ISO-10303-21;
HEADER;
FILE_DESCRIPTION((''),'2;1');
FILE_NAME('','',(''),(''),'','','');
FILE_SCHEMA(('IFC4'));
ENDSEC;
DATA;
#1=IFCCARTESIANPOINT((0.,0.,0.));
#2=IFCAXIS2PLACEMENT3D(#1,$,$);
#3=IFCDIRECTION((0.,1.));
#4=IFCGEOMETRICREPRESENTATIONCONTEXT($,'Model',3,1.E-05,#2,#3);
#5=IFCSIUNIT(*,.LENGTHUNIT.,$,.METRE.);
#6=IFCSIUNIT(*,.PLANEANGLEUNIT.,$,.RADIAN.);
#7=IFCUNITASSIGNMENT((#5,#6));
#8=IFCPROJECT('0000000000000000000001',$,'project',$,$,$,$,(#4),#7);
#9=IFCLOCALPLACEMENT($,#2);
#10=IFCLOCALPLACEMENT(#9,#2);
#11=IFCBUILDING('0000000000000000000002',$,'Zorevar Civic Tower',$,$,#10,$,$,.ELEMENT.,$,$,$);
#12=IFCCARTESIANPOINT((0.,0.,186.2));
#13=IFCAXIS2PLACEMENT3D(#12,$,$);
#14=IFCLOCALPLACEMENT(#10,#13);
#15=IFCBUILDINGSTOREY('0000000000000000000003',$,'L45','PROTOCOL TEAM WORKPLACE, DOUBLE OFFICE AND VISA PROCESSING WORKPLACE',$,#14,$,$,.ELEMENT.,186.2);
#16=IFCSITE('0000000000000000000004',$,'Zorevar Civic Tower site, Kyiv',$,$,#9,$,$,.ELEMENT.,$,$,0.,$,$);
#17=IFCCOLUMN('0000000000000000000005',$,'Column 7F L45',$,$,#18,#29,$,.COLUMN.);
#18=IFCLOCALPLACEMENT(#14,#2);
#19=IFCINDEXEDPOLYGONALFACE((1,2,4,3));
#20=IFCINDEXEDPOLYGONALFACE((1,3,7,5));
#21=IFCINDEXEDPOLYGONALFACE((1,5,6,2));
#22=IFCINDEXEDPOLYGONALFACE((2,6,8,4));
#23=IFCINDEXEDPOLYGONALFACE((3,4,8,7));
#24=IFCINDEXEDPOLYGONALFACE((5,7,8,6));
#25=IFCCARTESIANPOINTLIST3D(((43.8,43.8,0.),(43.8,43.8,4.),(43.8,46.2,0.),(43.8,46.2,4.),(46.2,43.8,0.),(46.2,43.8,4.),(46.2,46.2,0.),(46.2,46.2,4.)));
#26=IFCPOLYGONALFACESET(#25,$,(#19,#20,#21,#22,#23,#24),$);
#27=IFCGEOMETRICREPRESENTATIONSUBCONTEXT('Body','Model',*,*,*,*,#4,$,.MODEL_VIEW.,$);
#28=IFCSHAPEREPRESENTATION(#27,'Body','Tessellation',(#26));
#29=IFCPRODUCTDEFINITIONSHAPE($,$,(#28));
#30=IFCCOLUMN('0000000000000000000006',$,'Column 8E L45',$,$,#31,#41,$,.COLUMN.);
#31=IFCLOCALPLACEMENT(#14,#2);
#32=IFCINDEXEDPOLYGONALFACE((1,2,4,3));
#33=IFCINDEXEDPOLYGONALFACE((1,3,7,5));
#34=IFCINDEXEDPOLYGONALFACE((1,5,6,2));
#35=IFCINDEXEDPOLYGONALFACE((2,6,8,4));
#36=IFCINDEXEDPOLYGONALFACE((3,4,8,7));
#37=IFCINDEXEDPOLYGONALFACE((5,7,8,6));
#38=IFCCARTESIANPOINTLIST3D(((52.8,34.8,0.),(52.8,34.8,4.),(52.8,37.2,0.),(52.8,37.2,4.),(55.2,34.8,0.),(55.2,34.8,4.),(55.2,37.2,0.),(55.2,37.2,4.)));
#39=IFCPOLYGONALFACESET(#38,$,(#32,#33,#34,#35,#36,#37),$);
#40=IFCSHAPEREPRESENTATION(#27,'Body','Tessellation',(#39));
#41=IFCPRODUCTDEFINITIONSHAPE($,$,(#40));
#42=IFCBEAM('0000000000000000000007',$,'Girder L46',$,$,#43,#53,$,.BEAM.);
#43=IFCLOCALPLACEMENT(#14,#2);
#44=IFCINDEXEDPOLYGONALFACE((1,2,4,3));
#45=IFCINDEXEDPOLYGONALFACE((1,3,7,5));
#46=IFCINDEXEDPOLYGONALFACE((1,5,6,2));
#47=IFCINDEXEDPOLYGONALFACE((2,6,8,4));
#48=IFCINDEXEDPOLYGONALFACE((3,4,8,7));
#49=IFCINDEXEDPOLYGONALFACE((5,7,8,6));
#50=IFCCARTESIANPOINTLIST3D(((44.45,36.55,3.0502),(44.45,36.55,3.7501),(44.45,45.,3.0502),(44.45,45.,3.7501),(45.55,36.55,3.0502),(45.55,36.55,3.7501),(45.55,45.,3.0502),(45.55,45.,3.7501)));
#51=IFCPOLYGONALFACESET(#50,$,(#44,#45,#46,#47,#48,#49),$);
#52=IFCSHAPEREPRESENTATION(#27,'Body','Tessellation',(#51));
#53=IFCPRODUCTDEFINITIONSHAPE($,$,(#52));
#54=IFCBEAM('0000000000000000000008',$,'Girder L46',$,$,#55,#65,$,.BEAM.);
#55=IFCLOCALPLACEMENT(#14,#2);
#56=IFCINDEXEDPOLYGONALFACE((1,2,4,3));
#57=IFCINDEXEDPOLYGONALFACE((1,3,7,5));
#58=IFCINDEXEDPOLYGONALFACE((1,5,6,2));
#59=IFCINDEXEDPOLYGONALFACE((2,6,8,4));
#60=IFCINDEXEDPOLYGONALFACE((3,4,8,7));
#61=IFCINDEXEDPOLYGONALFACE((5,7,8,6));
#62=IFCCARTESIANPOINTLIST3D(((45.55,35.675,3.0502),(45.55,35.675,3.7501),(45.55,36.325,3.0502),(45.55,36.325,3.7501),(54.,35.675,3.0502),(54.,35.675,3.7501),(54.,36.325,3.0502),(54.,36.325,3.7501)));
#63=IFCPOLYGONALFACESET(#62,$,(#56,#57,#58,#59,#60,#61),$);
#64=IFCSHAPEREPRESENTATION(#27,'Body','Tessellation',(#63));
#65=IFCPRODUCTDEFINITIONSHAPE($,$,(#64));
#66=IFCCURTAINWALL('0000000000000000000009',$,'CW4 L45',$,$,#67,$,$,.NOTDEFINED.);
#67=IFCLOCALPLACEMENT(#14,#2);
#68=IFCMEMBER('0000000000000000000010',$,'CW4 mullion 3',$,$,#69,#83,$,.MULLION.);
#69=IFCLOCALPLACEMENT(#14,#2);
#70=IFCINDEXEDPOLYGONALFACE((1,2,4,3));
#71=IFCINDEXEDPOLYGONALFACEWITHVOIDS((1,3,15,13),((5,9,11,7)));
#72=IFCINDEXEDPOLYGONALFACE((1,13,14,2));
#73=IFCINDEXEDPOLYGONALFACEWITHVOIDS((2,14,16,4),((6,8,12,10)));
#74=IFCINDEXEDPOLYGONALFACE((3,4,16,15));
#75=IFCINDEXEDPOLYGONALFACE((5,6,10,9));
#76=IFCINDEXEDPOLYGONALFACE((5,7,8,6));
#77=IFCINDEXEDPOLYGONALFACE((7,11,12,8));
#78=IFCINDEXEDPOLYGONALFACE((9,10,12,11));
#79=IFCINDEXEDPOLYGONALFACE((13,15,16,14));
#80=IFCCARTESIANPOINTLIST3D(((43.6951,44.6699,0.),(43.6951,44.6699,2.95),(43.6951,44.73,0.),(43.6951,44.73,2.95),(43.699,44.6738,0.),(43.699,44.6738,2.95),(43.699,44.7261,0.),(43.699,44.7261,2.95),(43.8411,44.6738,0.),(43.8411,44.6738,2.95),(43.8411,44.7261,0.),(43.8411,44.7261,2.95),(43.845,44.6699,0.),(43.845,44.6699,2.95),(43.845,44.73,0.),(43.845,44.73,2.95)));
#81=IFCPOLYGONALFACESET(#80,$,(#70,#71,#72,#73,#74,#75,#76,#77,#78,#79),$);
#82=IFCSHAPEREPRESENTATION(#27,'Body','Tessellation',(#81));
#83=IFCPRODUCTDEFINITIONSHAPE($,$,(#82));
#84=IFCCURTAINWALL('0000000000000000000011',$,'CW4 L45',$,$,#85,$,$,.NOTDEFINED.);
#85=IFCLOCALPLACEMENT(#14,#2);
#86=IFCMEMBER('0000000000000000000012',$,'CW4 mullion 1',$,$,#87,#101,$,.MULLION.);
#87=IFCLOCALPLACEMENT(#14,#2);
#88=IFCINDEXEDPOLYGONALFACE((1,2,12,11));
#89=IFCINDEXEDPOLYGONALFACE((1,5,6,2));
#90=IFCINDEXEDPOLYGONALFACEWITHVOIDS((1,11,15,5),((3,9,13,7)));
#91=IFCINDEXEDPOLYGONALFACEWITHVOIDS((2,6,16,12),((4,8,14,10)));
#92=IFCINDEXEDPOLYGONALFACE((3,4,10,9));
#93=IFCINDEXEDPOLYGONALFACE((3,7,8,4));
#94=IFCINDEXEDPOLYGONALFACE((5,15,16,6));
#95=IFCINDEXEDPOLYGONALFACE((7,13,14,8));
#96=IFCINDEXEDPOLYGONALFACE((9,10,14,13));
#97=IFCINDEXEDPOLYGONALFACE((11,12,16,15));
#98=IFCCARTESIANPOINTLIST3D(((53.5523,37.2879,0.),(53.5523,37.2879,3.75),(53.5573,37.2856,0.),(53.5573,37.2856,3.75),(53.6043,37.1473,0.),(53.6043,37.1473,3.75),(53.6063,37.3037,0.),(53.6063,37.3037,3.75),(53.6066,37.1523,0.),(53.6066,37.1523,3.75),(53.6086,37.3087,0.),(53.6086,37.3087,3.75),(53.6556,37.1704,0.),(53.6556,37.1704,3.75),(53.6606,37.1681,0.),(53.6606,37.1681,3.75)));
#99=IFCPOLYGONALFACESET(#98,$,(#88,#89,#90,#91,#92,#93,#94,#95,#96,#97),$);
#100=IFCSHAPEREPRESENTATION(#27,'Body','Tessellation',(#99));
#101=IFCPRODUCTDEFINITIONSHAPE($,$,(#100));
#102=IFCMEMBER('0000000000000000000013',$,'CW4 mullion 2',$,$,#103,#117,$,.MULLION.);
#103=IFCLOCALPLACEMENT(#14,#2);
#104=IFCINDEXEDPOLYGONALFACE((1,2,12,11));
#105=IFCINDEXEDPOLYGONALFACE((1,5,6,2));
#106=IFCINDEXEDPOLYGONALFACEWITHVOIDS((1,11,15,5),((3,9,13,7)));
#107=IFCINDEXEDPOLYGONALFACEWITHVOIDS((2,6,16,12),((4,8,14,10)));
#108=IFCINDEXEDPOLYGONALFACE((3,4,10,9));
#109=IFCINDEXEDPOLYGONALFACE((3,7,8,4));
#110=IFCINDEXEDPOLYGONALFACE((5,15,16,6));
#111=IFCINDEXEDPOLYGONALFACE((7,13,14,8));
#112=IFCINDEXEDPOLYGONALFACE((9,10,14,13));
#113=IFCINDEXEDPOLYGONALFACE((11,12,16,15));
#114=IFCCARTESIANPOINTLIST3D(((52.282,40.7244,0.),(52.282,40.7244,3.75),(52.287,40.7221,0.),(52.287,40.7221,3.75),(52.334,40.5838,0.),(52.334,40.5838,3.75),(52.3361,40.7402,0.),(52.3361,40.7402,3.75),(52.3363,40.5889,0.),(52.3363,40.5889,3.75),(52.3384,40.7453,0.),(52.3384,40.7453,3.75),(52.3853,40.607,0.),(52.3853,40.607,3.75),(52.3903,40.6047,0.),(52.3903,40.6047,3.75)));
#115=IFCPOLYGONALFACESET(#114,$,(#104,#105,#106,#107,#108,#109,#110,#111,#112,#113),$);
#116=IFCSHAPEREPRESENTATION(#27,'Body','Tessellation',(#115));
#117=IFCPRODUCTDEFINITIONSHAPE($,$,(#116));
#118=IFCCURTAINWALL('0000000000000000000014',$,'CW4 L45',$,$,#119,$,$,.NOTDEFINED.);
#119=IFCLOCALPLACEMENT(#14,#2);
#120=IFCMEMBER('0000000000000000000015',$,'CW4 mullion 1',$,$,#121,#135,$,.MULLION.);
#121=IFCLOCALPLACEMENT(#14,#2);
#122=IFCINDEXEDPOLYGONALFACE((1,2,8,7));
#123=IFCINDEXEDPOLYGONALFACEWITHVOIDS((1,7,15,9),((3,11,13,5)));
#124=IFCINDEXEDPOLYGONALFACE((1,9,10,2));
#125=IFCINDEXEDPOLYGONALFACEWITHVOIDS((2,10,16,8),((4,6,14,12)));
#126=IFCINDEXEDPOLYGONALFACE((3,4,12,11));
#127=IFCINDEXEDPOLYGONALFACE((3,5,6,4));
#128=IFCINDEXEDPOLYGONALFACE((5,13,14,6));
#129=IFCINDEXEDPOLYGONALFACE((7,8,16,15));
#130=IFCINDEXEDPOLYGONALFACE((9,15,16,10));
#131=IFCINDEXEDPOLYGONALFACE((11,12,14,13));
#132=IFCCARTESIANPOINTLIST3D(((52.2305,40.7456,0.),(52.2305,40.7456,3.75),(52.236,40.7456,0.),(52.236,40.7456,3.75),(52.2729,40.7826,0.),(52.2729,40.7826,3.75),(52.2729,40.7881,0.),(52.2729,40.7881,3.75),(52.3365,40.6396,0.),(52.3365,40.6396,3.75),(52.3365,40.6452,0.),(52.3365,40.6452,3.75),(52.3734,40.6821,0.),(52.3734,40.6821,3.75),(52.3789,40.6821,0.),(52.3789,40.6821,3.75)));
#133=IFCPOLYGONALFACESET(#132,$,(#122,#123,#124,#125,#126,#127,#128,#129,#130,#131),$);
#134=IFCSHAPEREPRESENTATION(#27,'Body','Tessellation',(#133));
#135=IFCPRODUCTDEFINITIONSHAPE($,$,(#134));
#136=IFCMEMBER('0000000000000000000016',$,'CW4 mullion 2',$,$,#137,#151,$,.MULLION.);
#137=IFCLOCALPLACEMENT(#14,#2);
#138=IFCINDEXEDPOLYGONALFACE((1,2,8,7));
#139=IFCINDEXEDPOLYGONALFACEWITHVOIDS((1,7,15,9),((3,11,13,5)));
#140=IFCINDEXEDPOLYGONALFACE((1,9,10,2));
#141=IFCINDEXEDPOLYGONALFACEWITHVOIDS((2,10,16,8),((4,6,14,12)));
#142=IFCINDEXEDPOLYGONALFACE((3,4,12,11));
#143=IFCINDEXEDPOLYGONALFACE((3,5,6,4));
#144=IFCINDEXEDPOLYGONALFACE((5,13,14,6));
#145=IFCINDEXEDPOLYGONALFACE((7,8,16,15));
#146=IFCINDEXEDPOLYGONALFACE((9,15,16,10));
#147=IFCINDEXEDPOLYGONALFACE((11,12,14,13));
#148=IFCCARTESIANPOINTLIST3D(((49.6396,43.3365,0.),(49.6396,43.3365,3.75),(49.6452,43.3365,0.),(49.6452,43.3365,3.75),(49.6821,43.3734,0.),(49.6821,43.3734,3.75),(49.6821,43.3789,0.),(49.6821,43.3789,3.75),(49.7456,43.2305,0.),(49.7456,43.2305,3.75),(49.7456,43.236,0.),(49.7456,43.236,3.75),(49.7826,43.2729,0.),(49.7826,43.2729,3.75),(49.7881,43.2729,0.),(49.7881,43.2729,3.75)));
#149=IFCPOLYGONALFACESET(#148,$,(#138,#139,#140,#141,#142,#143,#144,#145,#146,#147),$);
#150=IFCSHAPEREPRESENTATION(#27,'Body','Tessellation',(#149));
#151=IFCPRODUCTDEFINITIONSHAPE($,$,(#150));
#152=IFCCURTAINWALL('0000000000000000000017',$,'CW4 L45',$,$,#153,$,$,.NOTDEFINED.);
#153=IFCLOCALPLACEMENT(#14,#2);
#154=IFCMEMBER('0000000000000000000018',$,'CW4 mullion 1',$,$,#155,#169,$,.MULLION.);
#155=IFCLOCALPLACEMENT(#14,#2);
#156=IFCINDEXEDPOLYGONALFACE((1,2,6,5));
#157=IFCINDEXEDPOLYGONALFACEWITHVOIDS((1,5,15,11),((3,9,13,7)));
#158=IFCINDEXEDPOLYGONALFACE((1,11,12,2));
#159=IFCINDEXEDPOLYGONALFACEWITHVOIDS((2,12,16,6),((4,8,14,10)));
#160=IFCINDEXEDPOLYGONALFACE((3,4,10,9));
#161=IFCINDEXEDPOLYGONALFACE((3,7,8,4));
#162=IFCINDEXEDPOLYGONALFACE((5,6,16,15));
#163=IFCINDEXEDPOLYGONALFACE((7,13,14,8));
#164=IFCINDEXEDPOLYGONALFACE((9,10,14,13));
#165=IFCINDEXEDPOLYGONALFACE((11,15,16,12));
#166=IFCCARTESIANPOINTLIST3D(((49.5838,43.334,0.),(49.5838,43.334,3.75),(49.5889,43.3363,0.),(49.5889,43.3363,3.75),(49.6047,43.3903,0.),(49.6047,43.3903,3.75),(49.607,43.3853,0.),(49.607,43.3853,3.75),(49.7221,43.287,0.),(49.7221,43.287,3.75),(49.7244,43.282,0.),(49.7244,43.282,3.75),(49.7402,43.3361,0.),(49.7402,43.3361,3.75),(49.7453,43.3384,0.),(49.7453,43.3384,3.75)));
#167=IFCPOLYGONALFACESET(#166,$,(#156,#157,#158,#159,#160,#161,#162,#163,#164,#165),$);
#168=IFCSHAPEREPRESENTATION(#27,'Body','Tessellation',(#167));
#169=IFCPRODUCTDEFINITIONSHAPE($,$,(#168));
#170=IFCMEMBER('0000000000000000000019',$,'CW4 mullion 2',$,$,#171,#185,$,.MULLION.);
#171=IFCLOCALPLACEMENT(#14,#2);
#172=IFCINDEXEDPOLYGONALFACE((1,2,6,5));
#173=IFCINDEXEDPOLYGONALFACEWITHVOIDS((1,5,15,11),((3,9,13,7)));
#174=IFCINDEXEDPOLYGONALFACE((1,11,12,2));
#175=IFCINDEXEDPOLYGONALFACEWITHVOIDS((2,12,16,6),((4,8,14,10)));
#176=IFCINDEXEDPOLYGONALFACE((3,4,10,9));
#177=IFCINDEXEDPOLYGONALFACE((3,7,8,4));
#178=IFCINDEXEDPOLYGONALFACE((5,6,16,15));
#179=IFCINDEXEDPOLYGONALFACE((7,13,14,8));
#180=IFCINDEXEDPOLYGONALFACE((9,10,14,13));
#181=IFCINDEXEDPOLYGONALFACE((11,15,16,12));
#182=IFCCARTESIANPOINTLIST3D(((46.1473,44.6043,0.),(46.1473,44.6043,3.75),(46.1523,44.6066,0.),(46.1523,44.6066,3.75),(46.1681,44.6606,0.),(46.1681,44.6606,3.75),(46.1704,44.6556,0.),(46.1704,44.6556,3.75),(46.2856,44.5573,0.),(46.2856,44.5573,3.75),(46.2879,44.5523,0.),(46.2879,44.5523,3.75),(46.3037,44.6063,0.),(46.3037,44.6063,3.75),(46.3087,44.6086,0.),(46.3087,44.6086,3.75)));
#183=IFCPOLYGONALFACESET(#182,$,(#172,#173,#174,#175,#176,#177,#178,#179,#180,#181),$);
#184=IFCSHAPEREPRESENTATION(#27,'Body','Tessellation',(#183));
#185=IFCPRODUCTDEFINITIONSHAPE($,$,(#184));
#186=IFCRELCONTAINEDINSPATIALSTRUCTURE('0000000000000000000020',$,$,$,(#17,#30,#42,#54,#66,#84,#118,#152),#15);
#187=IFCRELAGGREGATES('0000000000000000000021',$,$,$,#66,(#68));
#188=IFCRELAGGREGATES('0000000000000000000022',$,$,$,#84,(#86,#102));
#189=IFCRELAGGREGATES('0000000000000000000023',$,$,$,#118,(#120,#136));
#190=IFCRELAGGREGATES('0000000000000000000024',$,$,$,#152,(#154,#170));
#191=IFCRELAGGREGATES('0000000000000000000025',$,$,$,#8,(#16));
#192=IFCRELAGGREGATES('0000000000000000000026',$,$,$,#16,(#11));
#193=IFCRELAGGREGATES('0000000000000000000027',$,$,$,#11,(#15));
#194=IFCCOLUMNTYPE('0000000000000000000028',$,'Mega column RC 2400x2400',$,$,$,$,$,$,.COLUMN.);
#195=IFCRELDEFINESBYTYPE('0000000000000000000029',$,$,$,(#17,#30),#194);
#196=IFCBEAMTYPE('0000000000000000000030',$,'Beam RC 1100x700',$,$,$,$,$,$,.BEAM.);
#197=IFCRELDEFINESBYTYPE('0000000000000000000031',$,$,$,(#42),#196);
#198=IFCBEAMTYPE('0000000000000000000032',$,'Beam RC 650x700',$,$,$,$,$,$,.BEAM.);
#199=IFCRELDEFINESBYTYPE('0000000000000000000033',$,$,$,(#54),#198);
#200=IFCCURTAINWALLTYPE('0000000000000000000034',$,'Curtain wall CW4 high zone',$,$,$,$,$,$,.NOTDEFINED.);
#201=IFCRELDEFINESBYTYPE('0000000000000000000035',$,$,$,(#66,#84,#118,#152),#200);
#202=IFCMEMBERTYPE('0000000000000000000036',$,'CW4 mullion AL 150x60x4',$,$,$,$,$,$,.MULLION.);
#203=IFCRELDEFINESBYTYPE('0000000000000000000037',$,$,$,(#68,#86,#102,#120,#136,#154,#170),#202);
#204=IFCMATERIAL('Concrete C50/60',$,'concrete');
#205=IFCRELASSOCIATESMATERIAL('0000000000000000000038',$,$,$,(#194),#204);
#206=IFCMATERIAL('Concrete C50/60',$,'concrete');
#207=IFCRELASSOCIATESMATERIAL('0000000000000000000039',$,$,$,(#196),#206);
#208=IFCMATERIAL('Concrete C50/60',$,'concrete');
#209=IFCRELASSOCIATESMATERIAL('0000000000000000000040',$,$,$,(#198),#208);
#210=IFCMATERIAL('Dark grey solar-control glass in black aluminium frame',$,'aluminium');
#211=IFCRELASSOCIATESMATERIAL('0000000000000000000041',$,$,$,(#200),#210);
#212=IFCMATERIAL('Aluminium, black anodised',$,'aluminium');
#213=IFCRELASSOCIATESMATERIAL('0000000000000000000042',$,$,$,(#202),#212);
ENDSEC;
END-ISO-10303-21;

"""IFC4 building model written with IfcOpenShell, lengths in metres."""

from ifc_helpers import new_model, si_unit, direction, frame, origin, origin_2d, place, context, subcontext, project, spatial, rectangle, hollow_rectangle, extrude, material, material_profile, profile_set, type_object, element, aggregate, save


model = new_model("IFC4")

# Units and contexts
model_context = context("Model", 3, precision=1e-05, world=origin(), true_north=direction((0.0, 1.0)))
body_context = subcontext(model_context, "Body", "Model", "MODEL_VIEW")
ifc_project = project(units=[si_unit("LENGTHUNIT", "METRE"), si_unit("PLANEANGLEUNIT", "RADIAN")], contexts=[model_context])

# Site, building, storey
site_placement = place(None, origin())
site = spatial("IfcSite", under=ifc_project, at=site_placement, Name="Zorevar Civic Tower site, Kyiv", CompositionType="ELEMENT", RefElevation=0.0)
building_placement = place(site_placement, origin())
building = spatial("IfcBuilding", under=site, at=building_placement, Name="Zorevar Civic Tower", CompositionType="ELEMENT")
storey_placement = place(building_placement, frame((0.0, 0.0, 186.2)))
storey = spatial("IfcBuildingStorey", under=building, at=storey_placement, Name="L45", Description="PROTOCOL TEAM WORKPLACE, DOUBLE OFFICE AND VISA PROCESSING WORKPLACE", CompositionType="ELEMENT", Elevation=186.2)

# Columns
ifc_material_1 = material(Name="Concrete C50/60", Category="concrete")
ifc_material_profile_1 = material_profile(ifc_material_1, rectangle(XDim=2.3999, YDim=2.3999, at=origin_2d()), Name="RC 2400x2400")
ifc_profile_set_1 = profile_set([ifc_material_profile_1], Name="Concrete C50/60")
column_type = type_object("IfcColumnType", Name="Mega column RC 2400x2400", PredefinedType="COLUMN", material=ifc_profile_set_1)
for number, where, z_axis, x_axis, name in (
    (1, (45.0, 45.0, 0.0), (0.0, 0.0, 1.0), (1.0, 0.0, 0.0), "Column 7F L45"),
    (2, (54.0, 36.0, 0.0), (0.0, 0.0, 1.0), (1.0, 0.0, 0.0), "Column 8E L45"),
):
    element("IfcColumn", number, at=place(storey_placement, frame(where, z_axis=z_axis, x_axis=x_axis)), inside=storey, type_object=column_type, Name=name, PredefinedType="COLUMN", context=body_context, shape_type="SweptSolid", body=[
        extrude(rectangle(XDim=2.3999, YDim=2.3999, at=origin_2d()), origin(), (0.0, 0.0, 1.0), 4.0),
    ])

# Beams
ifc_material_2 = material(Name="Concrete C50/60", Category="concrete")
ifc_material_profile_2 = material_profile(ifc_material_2, rectangle(XDim=1.1001, YDim=0.7, at=origin_2d()), Name="RC 1100x700")
ifc_profile_set_2 = profile_set([ifc_material_profile_2], Name="Concrete C50/60")
beam_type_1 = type_object("IfcBeamType", Name="Beam RC 1100x700", PredefinedType="BEAM", material=ifc_profile_set_2)
beam_1_placement = place(storey_placement, frame((45.0, 36.55, 3.4001), z_axis=(0.0, 1.0, 0.0), x_axis=(-1.0, 0.0, 0.0)))
element("IfcBeam", 3, at=beam_1_placement, inside=storey, type_object=beam_type_1, Name="Girder L46", PredefinedType="BEAM", context=body_context, shape_type="SweptSolid", body=[
    extrude(rectangle(XDim=1.1001, YDim=0.7, at=origin_2d()), origin(), (0.0, 0.0, 1.0), 8.45),
])
ifc_material_3 = material(Name="Concrete C50/60", Category="concrete")
ifc_material_profile_3 = material_profile(ifc_material_3, rectangle(XDim=0.6499, YDim=0.7, at=origin_2d()), Name="RC 650x700")
ifc_profile_set_3 = profile_set([ifc_material_profile_3], Name="Concrete C50/60")
beam_type_2 = type_object("IfcBeamType", Name="Beam RC 650x700", PredefinedType="BEAM", material=ifc_profile_set_3)
beam_2_placement = place(storey_placement, frame((45.55, 36.0, 3.4001), z_axis=(1.0, 0.0, 0.0), x_axis=(0.0, 1.0, 0.0)))
element("IfcBeam", 4, at=beam_2_placement, inside=storey, type_object=beam_type_2, Name="Girder L46", PredefinedType="BEAM", context=body_context, shape_type="SweptSolid", body=[
    extrude(rectangle(XDim=0.6499, YDim=0.7, at=origin_2d()), origin(), (0.0, 0.0, 1.0), 8.45),
])

# Curtain wall, member
ifc_material_4 = material(Name="Dark grey solar-control glass in black aluminium frame", Category="aluminium")
curtain_wall_type = type_object("IfcCurtainWallType", Name="Curtain wall CW4 high zone", PredefinedType="NOTDEFINED", material=ifc_material_4)
curtain_wall_1_placement = place(storey_placement, origin())
curtain_wall_1 = element("IfcCurtainWall", 5, at=curtain_wall_1_placement, inside=storey, type_object=curtain_wall_type, Name="CW4 L45", PredefinedType="NOTDEFINED")
ifc_material_5 = material(Name="Aluminium, black anodised", Category="aluminium")
ifc_material_profile_4 = material_profile(ifc_material_5, hollow_rectangle(XDim=0.0601, YDim=0.1499, WallThickness=0.0039, at=origin_2d()), Name="AL 150x60x4")
ifc_profile_set_4 = profile_set([ifc_material_profile_4], Name="Aluminium, black anodised")
member_type_1 = type_object("IfcMemberType", Name="CW4 mullion AL 150x60x4", PredefinedType="MULLION", material=ifc_profile_set_4)
member_1_placement = place(storey_placement, frame((43.77, 44.7, 0.0), z_axis=(0.0, 0.0, 1.0), x_axis=(0.0, 1.0, 0.0)))
member_1 = element("IfcMember", 6, at=member_1_placement, type_object=member_type_1, Name="CW4 mullion 3", PredefinedType="MULLION", context=body_context, shape_type="SweptSolid", body=[
    extrude(hollow_rectangle(XDim=0.0601, YDim=0.1499, WallThickness=0.0039, at=origin_2d()), origin(), (0.0, 0.0, 1.0), 2.95),
])

# Curtain walls, members
curtain_wall_2_placement = place(storey_placement, origin())
curtain_wall_2 = element("IfcCurtainWall", 7, at=curtain_wall_2_placement, inside=storey, type_object=curtain_wall_type, Name="CW4 L45", PredefinedType="NOTDEFINED")
member_2_placement = place(storey_placement, frame((53.6064, 37.228, 0.0), z_axis=(0.0, 0.0, 1.0), x_axis=(-0.937975, -0.346704, 0.0)))
member_2 = element("IfcMember", 8, at=member_2_placement, type_object=member_type_1, Name="CW4 mullion 1", PredefinedType="MULLION", context=body_context, shape_type="SweptSolid", body=[
    extrude(hollow_rectangle(XDim=0.0601, YDim=0.1499, WallThickness=0.0039, at=origin_2d()), origin(), (0.0, 0.0, 1.0), 3.75),
])
member_3_placement = place(storey_placement, frame((52.3362, 40.6646, 0.0), z_axis=(0.0, 0.0, 1.0), x_axis=(-0.937975, -0.346704, 0.0)))
member_3 = element("IfcMember", 9, at=member_3_placement, type_object=member_type_1, Name="CW4 mullion 2", PredefinedType="MULLION", context=body_context, shape_type="SweptSolid", body=[
    extrude(hollow_rectangle(XDim=0.0601, YDim=0.1499, WallThickness=0.0039, at=origin_2d()), origin(), (0.0, 0.0, 1.0), 3.75),
])
curtain_wall_3_placement = place(storey_placement, origin())
curtain_wall_3 = element("IfcCurtainWall", 10, at=curtain_wall_3_placement, inside=storey, type_object=curtain_wall_type, Name="CW4 L45", PredefinedType="NOTDEFINED")
member_4_placement = place(storey_placement, frame((52.3047, 40.7139, 0.0), z_axis=(0.0, 0.0, 1.0), x_axis=(-0.707107, -0.707107, 0.0)))
member_4 = element("IfcMember", 11, at=member_4_placement, type_object=member_type_1, Name="CW4 mullion 1", PredefinedType="MULLION", context=body_context, shape_type="SweptSolid", body=[
    extrude(hollow_rectangle(XDim=0.0601, YDim=0.1499, WallThickness=0.0039, at=origin_2d()), origin(), (0.0, 0.0, 1.0), 3.75),
])
member_5_placement = place(storey_placement, frame((49.7139, 43.3047, 0.0), z_axis=(0.0, 0.0, 1.0), x_axis=(-0.707107, -0.707107, 0.0)))
member_5 = element("IfcMember", 12, at=member_5_placement, type_object=member_type_1, Name="CW4 mullion 2", PredefinedType="MULLION", context=body_context, shape_type="SweptSolid", body=[
    extrude(hollow_rectangle(XDim=0.0601, YDim=0.1499, WallThickness=0.0039, at=origin_2d()), origin(), (0.0, 0.0, 1.0), 3.75),
])
curtain_wall_4_placement = place(storey_placement, origin())
curtain_wall_4 = element("IfcCurtainWall", 13, at=curtain_wall_4_placement, inside=storey, type_object=curtain_wall_type, Name="CW4 L45", PredefinedType="NOTDEFINED")
member_6_placement = place(storey_placement, frame((49.6646, 43.3362, 0.0), z_axis=(0.0, 0.0, 1.0), x_axis=(-0.346704, -0.937975, 0.0)))
member_6 = element("IfcMember", 14, at=member_6_placement, type_object=member_type_1, Name="CW4 mullion 1", PredefinedType="MULLION", context=body_context, shape_type="SweptSolid", body=[
    extrude(hollow_rectangle(XDim=0.0601, YDim=0.1499, WallThickness=0.0039, at=origin_2d()), origin(), (0.0, 0.0, 1.0), 3.75),
])
member_7_placement = place(storey_placement, frame((46.228, 44.6064, 0.0), z_axis=(0.0, 0.0, 1.0), x_axis=(-0.346704, -0.937975, 0.0)))
member_7 = element("IfcMember", 15, at=member_7_placement, type_object=member_type_1, Name="CW4 mullion 2", PredefinedType="MULLION", context=body_context, shape_type="SweptSolid", body=[
    extrude(hollow_rectangle(XDim=0.0601, YDim=0.1499, WallThickness=0.0039, at=origin_2d()), origin(), (0.0, 0.0, 1.0), 3.75),
])

aggregate(curtain_wall_1, [member_1])
aggregate(curtain_wall_2, [member_2, member_3])
aggregate(curtain_wall_3, [member_4, member_5])
aggregate(curtain_wall_4, [member_6, member_7])

save(model, "model.ifc")
